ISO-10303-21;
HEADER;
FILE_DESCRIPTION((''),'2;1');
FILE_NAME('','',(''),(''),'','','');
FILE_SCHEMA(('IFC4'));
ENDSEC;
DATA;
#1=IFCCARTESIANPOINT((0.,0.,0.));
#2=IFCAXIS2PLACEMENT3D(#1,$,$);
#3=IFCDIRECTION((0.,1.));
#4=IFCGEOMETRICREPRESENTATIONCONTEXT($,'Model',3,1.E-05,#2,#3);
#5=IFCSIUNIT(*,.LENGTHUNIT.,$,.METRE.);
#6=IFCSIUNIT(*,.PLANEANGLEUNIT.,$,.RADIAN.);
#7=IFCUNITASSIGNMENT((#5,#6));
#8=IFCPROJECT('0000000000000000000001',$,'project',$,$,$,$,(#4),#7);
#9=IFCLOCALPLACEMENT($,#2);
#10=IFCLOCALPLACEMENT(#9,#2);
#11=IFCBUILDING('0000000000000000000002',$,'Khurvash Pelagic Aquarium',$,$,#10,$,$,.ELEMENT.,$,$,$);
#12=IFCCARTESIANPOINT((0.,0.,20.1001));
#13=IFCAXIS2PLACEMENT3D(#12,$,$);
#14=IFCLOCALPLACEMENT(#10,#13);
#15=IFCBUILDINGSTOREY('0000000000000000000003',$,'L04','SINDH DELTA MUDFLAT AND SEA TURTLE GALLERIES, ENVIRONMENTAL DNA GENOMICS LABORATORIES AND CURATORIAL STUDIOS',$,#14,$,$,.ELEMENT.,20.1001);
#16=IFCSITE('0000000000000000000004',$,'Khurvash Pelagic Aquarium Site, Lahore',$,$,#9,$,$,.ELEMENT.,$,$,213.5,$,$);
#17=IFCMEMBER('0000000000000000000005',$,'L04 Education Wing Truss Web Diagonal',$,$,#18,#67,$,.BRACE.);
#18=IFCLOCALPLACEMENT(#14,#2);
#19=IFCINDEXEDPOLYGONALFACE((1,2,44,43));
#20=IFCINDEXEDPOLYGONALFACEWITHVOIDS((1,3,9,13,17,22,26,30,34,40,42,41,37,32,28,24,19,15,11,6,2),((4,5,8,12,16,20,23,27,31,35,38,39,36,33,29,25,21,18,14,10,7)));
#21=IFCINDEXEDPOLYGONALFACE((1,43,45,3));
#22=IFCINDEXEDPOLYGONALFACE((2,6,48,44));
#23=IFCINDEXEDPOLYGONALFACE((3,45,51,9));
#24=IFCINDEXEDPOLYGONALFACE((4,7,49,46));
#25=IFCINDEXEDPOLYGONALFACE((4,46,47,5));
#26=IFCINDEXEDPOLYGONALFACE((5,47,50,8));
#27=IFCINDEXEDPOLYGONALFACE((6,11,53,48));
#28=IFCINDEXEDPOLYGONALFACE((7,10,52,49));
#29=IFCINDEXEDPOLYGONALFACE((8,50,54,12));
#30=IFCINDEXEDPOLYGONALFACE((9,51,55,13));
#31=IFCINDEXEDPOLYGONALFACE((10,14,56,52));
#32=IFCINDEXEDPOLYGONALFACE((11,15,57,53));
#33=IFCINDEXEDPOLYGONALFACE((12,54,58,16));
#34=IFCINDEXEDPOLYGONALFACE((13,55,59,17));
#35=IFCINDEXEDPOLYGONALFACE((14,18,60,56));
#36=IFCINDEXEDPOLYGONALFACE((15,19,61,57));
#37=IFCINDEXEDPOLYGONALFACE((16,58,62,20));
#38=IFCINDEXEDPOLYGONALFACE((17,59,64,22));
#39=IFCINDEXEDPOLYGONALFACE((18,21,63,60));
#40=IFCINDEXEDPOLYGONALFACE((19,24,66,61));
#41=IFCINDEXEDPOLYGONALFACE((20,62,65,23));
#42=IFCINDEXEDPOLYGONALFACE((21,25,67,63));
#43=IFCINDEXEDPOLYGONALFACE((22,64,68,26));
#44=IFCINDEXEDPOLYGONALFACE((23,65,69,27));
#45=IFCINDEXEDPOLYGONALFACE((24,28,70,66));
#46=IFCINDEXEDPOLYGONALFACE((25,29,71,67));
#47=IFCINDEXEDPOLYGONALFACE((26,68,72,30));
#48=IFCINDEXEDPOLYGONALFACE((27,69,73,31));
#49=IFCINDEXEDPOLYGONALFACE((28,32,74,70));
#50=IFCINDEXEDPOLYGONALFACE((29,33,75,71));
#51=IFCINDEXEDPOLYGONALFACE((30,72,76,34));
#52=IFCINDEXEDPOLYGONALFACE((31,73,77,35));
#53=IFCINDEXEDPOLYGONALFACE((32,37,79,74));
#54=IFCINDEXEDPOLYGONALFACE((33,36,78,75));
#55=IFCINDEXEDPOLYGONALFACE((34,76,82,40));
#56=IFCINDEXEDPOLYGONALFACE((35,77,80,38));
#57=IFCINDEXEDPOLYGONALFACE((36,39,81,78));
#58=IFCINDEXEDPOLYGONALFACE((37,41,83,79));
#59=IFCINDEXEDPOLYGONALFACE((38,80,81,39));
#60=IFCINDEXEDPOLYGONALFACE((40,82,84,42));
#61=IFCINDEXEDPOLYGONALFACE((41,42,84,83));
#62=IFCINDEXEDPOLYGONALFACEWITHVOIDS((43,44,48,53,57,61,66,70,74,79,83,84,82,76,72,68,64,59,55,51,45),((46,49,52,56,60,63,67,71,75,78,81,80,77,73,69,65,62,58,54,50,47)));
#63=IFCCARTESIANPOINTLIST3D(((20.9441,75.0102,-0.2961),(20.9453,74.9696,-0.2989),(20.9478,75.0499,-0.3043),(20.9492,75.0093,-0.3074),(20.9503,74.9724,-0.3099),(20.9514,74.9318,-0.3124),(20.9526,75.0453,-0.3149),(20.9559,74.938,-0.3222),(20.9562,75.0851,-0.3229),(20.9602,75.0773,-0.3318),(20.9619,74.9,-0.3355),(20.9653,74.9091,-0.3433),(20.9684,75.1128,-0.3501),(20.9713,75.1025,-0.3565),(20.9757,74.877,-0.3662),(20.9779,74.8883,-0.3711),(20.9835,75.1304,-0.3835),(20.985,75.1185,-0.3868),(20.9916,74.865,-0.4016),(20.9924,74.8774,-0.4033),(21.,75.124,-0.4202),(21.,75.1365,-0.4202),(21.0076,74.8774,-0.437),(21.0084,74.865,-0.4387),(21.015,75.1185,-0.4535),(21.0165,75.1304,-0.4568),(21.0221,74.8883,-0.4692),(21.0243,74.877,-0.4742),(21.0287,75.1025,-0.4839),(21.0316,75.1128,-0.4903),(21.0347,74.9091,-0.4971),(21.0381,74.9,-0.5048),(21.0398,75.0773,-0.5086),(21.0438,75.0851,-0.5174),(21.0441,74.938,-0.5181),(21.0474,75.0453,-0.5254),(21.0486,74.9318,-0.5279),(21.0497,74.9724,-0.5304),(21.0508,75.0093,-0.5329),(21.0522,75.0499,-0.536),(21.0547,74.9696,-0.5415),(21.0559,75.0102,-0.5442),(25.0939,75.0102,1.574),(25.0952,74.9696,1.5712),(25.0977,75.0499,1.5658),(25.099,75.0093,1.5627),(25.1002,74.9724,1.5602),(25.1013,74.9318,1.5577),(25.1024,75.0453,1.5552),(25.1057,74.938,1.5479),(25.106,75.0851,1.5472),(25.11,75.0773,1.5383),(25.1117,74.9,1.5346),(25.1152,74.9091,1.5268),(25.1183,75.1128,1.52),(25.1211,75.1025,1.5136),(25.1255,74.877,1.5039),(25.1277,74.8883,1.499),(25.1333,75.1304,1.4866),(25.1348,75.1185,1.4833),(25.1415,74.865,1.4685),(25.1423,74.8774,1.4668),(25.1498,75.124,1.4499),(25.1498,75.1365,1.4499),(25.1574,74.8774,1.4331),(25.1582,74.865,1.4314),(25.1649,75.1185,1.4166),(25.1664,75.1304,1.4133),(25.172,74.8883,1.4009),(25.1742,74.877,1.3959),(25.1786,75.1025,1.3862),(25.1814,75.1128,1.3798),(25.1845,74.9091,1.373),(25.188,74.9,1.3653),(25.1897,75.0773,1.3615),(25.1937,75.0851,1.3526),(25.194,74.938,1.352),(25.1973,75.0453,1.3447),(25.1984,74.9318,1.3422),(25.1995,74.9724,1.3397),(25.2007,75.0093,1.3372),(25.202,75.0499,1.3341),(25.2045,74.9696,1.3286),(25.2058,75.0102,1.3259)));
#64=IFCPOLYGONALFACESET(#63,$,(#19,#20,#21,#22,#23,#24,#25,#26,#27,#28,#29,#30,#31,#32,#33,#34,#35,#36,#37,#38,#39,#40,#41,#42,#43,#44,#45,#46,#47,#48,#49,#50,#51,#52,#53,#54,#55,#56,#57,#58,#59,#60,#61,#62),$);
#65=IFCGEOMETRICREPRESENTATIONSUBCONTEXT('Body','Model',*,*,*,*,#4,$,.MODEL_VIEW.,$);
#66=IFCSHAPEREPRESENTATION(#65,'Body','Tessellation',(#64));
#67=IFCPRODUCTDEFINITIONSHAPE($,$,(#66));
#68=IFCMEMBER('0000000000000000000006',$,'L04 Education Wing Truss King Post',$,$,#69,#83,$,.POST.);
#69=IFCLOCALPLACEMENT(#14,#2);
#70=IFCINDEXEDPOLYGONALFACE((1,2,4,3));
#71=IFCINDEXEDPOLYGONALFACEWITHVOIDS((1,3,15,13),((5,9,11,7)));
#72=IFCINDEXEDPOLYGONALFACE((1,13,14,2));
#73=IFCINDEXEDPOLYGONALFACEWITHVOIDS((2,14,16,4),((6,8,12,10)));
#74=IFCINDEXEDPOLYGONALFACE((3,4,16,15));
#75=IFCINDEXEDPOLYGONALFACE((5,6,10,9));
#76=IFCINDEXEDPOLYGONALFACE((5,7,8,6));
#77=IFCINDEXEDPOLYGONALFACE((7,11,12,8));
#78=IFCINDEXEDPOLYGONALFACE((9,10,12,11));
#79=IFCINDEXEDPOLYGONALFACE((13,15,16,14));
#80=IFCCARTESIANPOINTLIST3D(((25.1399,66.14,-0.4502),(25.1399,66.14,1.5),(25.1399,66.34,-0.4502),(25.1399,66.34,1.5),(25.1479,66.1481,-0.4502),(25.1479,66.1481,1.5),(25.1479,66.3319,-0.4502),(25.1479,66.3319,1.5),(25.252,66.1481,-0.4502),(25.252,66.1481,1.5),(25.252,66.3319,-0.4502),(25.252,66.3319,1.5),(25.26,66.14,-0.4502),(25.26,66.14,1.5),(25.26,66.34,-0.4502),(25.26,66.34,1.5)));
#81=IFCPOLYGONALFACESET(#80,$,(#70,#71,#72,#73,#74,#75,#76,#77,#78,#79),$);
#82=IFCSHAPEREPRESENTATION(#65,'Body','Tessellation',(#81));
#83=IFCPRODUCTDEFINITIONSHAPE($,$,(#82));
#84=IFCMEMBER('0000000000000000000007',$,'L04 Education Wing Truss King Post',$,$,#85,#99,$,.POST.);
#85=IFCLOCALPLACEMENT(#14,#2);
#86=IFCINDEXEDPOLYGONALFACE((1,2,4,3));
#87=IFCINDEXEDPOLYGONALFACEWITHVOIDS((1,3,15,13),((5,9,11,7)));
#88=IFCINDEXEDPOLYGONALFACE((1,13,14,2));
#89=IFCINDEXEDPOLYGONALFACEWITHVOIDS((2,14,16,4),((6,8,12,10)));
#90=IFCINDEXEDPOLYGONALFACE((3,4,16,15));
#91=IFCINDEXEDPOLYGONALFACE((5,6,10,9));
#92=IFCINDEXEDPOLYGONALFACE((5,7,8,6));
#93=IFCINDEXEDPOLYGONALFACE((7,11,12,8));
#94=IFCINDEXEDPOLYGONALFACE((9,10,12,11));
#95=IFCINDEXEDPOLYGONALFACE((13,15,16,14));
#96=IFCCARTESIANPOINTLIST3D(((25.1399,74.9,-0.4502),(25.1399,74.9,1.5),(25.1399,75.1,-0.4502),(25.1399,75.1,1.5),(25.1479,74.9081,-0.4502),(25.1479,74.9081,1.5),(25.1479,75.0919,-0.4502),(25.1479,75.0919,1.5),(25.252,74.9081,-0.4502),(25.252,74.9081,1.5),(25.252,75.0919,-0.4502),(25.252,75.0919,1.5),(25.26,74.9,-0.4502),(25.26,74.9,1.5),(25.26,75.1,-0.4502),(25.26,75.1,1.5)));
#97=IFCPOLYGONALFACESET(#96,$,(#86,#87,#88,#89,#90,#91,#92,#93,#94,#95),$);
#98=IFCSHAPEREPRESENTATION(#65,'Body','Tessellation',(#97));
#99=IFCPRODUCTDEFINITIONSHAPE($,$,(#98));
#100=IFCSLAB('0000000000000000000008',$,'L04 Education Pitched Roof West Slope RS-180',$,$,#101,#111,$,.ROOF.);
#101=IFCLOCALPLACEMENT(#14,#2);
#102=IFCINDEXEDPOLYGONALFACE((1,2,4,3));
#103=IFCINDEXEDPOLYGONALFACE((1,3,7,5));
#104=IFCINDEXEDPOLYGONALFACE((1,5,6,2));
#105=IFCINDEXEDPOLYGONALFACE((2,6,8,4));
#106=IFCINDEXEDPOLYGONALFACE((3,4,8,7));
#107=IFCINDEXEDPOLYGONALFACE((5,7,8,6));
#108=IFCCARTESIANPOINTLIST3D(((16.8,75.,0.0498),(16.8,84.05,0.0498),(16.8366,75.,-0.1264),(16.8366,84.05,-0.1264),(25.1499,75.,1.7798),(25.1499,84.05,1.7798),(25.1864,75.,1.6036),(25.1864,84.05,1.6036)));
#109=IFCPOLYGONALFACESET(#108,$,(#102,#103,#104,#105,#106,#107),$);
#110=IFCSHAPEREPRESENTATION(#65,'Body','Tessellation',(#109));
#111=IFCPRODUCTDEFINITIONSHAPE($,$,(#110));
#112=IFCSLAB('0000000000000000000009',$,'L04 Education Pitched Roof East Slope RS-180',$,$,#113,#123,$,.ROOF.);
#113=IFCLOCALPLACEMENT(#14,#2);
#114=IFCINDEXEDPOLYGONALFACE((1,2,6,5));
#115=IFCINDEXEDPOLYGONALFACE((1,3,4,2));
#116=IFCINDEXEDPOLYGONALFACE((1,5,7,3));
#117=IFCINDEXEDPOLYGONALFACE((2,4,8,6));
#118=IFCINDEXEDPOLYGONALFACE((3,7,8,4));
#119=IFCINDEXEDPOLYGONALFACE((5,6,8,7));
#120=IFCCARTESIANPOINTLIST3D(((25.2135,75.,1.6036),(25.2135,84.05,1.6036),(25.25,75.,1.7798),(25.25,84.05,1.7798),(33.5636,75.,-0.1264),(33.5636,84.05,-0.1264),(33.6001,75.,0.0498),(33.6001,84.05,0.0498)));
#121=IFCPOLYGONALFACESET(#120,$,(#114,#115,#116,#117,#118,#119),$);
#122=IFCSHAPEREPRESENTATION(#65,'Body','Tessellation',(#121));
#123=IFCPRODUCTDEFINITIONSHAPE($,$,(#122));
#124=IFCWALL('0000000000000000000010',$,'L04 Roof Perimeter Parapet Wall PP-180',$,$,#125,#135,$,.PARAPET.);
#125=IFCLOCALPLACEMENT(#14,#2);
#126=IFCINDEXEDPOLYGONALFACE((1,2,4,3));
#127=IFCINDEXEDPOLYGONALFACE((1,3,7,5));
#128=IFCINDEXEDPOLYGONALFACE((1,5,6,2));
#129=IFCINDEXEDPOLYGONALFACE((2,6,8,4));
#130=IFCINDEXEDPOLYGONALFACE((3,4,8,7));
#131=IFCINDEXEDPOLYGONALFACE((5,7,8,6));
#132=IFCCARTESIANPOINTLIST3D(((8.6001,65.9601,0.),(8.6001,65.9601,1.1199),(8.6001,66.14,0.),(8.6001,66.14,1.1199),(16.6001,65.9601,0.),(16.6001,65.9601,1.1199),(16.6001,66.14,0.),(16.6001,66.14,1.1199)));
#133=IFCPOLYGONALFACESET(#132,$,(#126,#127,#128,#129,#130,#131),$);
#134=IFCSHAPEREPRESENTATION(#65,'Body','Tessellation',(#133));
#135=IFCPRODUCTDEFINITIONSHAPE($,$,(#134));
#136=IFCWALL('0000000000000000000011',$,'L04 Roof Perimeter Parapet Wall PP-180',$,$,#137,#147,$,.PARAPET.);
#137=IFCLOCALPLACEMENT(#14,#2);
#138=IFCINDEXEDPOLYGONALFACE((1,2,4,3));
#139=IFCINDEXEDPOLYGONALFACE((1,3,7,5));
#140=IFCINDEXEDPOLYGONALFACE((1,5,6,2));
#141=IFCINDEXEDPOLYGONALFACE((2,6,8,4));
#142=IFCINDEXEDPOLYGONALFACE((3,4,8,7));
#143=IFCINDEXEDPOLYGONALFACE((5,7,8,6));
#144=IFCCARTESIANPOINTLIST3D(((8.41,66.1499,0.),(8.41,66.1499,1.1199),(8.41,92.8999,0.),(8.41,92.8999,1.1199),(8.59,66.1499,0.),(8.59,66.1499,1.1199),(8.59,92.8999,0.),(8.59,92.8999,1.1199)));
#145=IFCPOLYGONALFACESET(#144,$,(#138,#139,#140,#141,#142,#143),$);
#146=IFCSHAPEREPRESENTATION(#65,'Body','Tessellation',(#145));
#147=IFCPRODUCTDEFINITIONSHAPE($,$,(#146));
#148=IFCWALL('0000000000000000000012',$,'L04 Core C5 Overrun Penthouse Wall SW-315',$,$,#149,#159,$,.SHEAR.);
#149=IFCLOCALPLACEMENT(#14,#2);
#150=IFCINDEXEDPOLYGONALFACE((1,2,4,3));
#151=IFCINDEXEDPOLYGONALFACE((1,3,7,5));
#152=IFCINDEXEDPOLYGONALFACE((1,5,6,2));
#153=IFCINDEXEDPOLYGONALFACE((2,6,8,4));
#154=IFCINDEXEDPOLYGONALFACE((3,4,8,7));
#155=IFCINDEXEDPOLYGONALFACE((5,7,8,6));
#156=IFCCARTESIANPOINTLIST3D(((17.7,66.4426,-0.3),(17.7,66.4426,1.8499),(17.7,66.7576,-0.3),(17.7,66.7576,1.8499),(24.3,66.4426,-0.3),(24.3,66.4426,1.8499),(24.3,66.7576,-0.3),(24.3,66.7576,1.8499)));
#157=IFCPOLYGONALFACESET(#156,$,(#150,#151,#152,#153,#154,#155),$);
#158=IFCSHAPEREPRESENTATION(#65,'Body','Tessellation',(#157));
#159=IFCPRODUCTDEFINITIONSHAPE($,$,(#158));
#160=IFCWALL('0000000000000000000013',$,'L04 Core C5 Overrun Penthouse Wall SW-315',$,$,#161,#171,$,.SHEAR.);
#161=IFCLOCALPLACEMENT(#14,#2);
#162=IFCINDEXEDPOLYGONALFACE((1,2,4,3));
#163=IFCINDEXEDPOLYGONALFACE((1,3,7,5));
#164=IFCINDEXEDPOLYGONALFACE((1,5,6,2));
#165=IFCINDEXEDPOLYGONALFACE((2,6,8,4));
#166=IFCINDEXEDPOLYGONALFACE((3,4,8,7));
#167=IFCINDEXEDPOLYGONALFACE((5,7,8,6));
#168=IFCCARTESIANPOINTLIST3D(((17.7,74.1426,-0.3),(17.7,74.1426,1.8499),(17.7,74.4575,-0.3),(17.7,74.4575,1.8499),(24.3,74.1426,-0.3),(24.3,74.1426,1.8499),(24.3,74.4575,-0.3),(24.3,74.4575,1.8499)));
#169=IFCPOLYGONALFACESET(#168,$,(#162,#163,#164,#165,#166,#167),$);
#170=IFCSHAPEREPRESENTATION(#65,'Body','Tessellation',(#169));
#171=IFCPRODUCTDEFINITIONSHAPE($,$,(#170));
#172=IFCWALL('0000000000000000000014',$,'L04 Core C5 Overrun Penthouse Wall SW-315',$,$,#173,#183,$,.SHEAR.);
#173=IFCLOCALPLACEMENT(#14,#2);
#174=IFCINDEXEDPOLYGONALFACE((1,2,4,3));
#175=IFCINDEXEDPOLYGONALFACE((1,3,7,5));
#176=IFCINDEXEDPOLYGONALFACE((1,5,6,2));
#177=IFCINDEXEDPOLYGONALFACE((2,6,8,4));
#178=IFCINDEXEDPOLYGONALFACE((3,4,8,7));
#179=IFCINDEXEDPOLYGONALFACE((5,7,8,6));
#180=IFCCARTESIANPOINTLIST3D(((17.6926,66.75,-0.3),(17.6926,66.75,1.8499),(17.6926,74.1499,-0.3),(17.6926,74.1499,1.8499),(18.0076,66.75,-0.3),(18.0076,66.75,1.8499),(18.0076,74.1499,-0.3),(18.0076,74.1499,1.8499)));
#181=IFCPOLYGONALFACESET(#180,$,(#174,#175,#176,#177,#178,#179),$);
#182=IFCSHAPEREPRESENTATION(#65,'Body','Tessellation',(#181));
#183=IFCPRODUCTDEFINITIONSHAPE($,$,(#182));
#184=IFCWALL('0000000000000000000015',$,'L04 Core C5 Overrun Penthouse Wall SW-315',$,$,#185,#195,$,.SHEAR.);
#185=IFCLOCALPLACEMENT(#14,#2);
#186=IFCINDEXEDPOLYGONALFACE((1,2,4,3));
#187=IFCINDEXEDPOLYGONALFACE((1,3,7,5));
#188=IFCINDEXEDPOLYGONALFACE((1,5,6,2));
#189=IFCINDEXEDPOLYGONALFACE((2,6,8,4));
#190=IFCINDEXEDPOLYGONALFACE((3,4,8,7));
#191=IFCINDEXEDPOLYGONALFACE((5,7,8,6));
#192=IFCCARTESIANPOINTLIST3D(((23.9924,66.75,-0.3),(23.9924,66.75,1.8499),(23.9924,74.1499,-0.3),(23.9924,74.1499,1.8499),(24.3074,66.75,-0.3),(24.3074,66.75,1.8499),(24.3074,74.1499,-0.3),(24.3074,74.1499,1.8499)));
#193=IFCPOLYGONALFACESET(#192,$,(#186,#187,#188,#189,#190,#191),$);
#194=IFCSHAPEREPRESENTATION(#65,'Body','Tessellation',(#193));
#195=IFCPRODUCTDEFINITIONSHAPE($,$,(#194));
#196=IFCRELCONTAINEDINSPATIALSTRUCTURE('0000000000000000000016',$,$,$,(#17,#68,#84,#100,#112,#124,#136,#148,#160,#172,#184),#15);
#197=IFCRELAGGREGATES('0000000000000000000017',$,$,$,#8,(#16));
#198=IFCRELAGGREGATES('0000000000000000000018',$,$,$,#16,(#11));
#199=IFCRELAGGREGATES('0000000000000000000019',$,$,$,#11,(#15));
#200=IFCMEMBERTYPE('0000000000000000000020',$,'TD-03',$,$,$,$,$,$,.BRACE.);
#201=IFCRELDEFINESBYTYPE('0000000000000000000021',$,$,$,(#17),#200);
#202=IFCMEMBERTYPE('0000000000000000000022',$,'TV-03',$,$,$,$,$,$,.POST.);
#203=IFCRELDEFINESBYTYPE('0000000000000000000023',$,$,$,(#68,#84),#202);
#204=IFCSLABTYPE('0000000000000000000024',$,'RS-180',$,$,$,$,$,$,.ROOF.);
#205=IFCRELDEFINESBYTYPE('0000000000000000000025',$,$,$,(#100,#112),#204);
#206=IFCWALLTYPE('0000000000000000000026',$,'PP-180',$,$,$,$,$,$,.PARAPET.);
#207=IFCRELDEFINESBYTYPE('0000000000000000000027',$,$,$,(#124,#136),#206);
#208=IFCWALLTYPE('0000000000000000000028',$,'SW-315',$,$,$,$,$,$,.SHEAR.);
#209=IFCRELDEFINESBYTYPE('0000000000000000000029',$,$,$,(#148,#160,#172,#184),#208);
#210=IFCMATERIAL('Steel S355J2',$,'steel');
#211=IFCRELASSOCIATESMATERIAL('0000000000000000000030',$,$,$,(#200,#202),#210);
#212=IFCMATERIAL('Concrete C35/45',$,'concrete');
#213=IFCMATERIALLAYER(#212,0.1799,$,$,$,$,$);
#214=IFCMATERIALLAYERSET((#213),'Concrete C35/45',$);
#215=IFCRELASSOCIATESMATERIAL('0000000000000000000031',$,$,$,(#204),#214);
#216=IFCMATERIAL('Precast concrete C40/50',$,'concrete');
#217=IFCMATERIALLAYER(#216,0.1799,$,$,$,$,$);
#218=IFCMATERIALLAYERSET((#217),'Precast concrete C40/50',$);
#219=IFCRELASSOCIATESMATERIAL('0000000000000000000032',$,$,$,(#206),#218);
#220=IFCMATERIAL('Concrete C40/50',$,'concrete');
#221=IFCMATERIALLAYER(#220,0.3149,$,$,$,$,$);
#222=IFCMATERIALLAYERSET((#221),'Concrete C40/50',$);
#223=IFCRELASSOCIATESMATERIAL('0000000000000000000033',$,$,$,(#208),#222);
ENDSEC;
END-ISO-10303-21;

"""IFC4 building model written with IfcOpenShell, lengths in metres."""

from ifc_helpers import new_model, si_unit, direction, frame, frame_2d, origin, origin_2d, place, context, subcontext, project, spatial, polyline, rectangle, hollow_rectangle, hollow_circle, outline, extrude, material, layer, layer_set, material_profile, profile_set, type_object, element, save


model = new_model("IFC4")

# Units and contexts
model_context = context("Model", 3, precision=1e-05, world=origin(), true_north=direction((0.0, 1.0)))
body_context = subcontext(model_context, "Body", "Model", "MODEL_VIEW")
ifc_project = project(units=[si_unit("LENGTHUNIT", "METRE"), si_unit("PLANEANGLEUNIT", "RADIAN")], contexts=[model_context])

# Site, building, storey
site_placement = place(None, origin())
site = spatial("IfcSite", under=ifc_project, at=site_placement, Name="Khurvash Pelagic Aquarium Site, Lahore", CompositionType="ELEMENT", RefElevation=213.5)
building_placement = place(site_placement, origin())
building = spatial("IfcBuilding", under=site, at=building_placement, Name="Khurvash Pelagic Aquarium", CompositionType="ELEMENT")
storey_placement = place(building_placement, frame((0.0, 0.0, 20.1001)))
storey = spatial("IfcBuildingStorey", under=building, at=storey_placement, Name="L04", Description="SINDH DELTA MUDFLAT AND SEA TURTLE GALLERIES, ENVIRONMENTAL DNA GENOMICS LABORATORIES AND CURATORIAL STUDIOS", CompositionType="ELEMENT", Elevation=20.1001)

# Members
ifc_material_1 = material(Name="Steel S355J2", Category="steel")
ifc_material_profile_1 = material_profile(ifc_material_1, hollow_circle(Radius=0.1365, WallThickness=0.0125, at=origin_2d()), Name="CHS273X12")
ifc_profile_set_1 = profile_set([ifc_material_profile_1], Name="Steel S355J2")
member_type_1 = type_object("IfcMemberType", Name="TD-03", PredefinedType="BRACE", material=ifc_profile_set_1)
for number, where, z_axis, x_axis, name in (
    (1, (21.0, 75.0, -0.4202), (0.911703, 0.0, 0.410851), (0.0, 1.0, 0.0), "L04 Education Wing Truss Web Diagonal"),
):
    element("IfcMember", number, at=place(storey_placement, frame(where, z_axis=z_axis, x_axis=x_axis)), inside=storey, type_object=member_type_1, Name=name, PredefinedType="BRACE", context=body_context, shape_type="SweptSolid", body=[
        extrude(hollow_circle(Radius=0.1365, WallThickness=0.0125, at=origin_2d()), origin(), (0.0, 0.0, 1.0), 4.5518),
    ])
ifc_material_profile_2 = material_profile(ifc_material_1, hollow_rectangle(XDim=0.1201, YDim=0.2, WallThickness=0.0081, at=origin_2d()), Name="RHS200X120X8")
ifc_profile_set_2 = profile_set([ifc_material_profile_2], Name="Steel S355J2")
member_type_2 = type_object("IfcMemberType", Name="TV-03", PredefinedType="POST", material=ifc_profile_set_2)
for number, where, z_axis, x_axis, name in (
    (2, (25.2, 66.24, -0.4502), (0.0, 0.0, 1.0), (1.0, 0.0, 0.0), "L04 Education Wing Truss King Post"),
    (3, (25.2, 75.0, -0.4502), (0.0, 0.0, 1.0), (1.0, 0.0, 0.0), "L04 Education Wing Truss King Post"),
):
    element("IfcMember", number, at=place(storey_placement, frame(where, z_axis=z_axis, x_axis=x_axis)), inside=storey, type_object=member_type_2, Name=name, PredefinedType="POST", context=body_context, shape_type="SweptSolid", body=[
        extrude(hollow_rectangle(XDim=0.1201, YDim=0.2, WallThickness=0.0081, at=origin_2d()), origin(), (0.0, 0.0, 1.0), 1.9502),
    ])

# Slabs
ifc_material_2 = material(Name="Concrete C35/45", Category="concrete")
ifc_layer_1 = layer(ifc_material_2, 0.1799)
ifc_layer_set_1 = layer_set([ifc_layer_1], Name="Concrete C35/45")
slab_type = type_object("IfcSlabType", Name="RS-180", PredefinedType="ROOF", material=ifc_layer_set_1)
slab_1_placement = place(storey_placement, frame((16.8, 75.0, 0.0498), z_axis=(-0.202878, 0.0, 0.979204), x_axis=(0.979204, 0.0, 0.202878)))
element("IfcSlab", 4, at=slab_1_placement, inside=storey, type_object=slab_type, Name="L04 Education Pitched Roof West Slope RS-180", PredefinedType="ROOF", context=body_context, shape_type="SweptSolid", body=[
    extrude(outline(polyline([(0.0, 0.0), (8.5272, 0.0), (8.5272, 9.05), (0.0, 9.05), (0.0, 0.0)])), origin(), (0.0, 0.0, -1.0), 0.1799),
])
slab_2_placement = place(storey_placement, frame((25.25, 75.0, 1.7798), z_axis=(0.202873, 0.0, 0.979205), x_axis=(0.979205, 0.0, -0.202873)))
element("IfcSlab", 5, at=slab_2_placement, inside=storey, type_object=slab_type, Name="L04 Education Pitched Roof East Slope RS-180", PredefinedType="ROOF", context=body_context, shape_type="SweptSolid", body=[
    extrude(outline(polyline([(0.0, 0.0), (8.5274, 0.0), (8.5274, 9.05), (0.0, 9.05), (0.0, 0.0)])), origin(), (0.0, 0.0, -1.0), 0.1799),
])

# Walls
ifc_material_3 = material(Name="Precast concrete C40/50", Category="concrete")
ifc_layer_2 = layer(ifc_material_3, 0.1799)
ifc_layer_set_2 = layer_set([ifc_layer_2], Name="Precast concrete C40/50")
wall_type_1 = type_object("IfcWallType", Name="PP-180", PredefinedType="PARAPET", material=ifc_layer_set_2)
wall_1_placement = place(storey_placement, frame((16.6001, 66.05, 0.0), z_axis=(0.0, 0.0, 1.0), x_axis=(-1.0, 0.0, 0.0)))
element("IfcWall", 6, at=wall_1_placement, inside=storey, type_object=wall_type_1, Name="L04 Roof Perimeter Parapet Wall PP-180", PredefinedType="PARAPET", context=body_context, shape_type="SweptSolid", body=[
    extrude(rectangle(XDim=8.0, YDim=0.1799, at=frame_2d((4.0, 0.0))), origin(), (0.0, 0.0, 1.0), 1.1199),
])
wall_2_placement = place(storey_placement, frame((8.5, 66.1499, 0.0), z_axis=(0.0, 0.0, 1.0), x_axis=(0.0, 1.0, 0.0)))
element("IfcWall", 7, at=wall_2_placement, inside=storey, type_object=wall_type_1, Name="L04 Roof Perimeter Parapet Wall PP-180", PredefinedType="PARAPET", context=body_context, shape_type="SweptSolid", body=[
    extrude(rectangle(XDim=26.75, YDim=0.1799, at=frame_2d((13.375, 0.0))), origin(), (0.0, 0.0, 1.0), 1.1199),
])
ifc_material_4 = material(Name="Concrete C40/50", Category="concrete")
ifc_layer_3 = layer(ifc_material_4, 0.3149)
ifc_layer_set_3 = layer_set([ifc_layer_3], Name="Concrete C40/50")
wall_type_2 = type_object("IfcWallType", Name="SW-315", PredefinedType="SHEAR", material=ifc_layer_set_3)
for number, where, z_axis, x_axis, name in (
    (8, (17.7, 66.6001, -0.3), (0.0, 0.0, 1.0), (1.0, 0.0, 0.0), "L04 Core C5 Overrun Penthouse Wall SW-315"),
    (9, (17.7, 74.3, -0.3), (0.0, 0.0, 1.0), (1.0, 0.0, 0.0), "L04 Core C5 Overrun Penthouse Wall SW-315"),
):
    element("IfcWall", number, at=place(storey_placement, frame(where, z_axis=z_axis, x_axis=x_axis)), inside=storey, type_object=wall_type_2, Name=name, PredefinedType="SHEAR", context=body_context, shape_type="SweptSolid", body=[
        extrude(rectangle(XDim=6.6001, YDim=0.3149, at=frame_2d((3.3, 0.0))), origin(), (0.0, 0.0, 1.0), 2.1499),
    ])
for number, where, z_axis, x_axis, name in (
    (10, (17.8501, 66.75, -0.3), (0.0, 0.0, 1.0), (0.0, 1.0, 0.0), "L04 Core C5 Overrun Penthouse Wall SW-315"),
    (11, (24.1499, 66.75, -0.3), (0.0, 0.0, 1.0), (0.0, 1.0, 0.0), "L04 Core C5 Overrun Penthouse Wall SW-315"),
):
    element("IfcWall", number, at=place(storey_placement, frame(where, z_axis=z_axis, x_axis=x_axis)), inside=storey, type_object=wall_type_2, Name=name, PredefinedType="SHEAR", context=body_context, shape_type="SweptSolid", body=[
        extrude(rectangle(XDim=7.3999, YDim=0.3149, at=frame_2d((3.7, 0.0))), origin(), (0.0, 0.0, 1.0), 2.1499),
    ])

save(model, "model.ifc")
